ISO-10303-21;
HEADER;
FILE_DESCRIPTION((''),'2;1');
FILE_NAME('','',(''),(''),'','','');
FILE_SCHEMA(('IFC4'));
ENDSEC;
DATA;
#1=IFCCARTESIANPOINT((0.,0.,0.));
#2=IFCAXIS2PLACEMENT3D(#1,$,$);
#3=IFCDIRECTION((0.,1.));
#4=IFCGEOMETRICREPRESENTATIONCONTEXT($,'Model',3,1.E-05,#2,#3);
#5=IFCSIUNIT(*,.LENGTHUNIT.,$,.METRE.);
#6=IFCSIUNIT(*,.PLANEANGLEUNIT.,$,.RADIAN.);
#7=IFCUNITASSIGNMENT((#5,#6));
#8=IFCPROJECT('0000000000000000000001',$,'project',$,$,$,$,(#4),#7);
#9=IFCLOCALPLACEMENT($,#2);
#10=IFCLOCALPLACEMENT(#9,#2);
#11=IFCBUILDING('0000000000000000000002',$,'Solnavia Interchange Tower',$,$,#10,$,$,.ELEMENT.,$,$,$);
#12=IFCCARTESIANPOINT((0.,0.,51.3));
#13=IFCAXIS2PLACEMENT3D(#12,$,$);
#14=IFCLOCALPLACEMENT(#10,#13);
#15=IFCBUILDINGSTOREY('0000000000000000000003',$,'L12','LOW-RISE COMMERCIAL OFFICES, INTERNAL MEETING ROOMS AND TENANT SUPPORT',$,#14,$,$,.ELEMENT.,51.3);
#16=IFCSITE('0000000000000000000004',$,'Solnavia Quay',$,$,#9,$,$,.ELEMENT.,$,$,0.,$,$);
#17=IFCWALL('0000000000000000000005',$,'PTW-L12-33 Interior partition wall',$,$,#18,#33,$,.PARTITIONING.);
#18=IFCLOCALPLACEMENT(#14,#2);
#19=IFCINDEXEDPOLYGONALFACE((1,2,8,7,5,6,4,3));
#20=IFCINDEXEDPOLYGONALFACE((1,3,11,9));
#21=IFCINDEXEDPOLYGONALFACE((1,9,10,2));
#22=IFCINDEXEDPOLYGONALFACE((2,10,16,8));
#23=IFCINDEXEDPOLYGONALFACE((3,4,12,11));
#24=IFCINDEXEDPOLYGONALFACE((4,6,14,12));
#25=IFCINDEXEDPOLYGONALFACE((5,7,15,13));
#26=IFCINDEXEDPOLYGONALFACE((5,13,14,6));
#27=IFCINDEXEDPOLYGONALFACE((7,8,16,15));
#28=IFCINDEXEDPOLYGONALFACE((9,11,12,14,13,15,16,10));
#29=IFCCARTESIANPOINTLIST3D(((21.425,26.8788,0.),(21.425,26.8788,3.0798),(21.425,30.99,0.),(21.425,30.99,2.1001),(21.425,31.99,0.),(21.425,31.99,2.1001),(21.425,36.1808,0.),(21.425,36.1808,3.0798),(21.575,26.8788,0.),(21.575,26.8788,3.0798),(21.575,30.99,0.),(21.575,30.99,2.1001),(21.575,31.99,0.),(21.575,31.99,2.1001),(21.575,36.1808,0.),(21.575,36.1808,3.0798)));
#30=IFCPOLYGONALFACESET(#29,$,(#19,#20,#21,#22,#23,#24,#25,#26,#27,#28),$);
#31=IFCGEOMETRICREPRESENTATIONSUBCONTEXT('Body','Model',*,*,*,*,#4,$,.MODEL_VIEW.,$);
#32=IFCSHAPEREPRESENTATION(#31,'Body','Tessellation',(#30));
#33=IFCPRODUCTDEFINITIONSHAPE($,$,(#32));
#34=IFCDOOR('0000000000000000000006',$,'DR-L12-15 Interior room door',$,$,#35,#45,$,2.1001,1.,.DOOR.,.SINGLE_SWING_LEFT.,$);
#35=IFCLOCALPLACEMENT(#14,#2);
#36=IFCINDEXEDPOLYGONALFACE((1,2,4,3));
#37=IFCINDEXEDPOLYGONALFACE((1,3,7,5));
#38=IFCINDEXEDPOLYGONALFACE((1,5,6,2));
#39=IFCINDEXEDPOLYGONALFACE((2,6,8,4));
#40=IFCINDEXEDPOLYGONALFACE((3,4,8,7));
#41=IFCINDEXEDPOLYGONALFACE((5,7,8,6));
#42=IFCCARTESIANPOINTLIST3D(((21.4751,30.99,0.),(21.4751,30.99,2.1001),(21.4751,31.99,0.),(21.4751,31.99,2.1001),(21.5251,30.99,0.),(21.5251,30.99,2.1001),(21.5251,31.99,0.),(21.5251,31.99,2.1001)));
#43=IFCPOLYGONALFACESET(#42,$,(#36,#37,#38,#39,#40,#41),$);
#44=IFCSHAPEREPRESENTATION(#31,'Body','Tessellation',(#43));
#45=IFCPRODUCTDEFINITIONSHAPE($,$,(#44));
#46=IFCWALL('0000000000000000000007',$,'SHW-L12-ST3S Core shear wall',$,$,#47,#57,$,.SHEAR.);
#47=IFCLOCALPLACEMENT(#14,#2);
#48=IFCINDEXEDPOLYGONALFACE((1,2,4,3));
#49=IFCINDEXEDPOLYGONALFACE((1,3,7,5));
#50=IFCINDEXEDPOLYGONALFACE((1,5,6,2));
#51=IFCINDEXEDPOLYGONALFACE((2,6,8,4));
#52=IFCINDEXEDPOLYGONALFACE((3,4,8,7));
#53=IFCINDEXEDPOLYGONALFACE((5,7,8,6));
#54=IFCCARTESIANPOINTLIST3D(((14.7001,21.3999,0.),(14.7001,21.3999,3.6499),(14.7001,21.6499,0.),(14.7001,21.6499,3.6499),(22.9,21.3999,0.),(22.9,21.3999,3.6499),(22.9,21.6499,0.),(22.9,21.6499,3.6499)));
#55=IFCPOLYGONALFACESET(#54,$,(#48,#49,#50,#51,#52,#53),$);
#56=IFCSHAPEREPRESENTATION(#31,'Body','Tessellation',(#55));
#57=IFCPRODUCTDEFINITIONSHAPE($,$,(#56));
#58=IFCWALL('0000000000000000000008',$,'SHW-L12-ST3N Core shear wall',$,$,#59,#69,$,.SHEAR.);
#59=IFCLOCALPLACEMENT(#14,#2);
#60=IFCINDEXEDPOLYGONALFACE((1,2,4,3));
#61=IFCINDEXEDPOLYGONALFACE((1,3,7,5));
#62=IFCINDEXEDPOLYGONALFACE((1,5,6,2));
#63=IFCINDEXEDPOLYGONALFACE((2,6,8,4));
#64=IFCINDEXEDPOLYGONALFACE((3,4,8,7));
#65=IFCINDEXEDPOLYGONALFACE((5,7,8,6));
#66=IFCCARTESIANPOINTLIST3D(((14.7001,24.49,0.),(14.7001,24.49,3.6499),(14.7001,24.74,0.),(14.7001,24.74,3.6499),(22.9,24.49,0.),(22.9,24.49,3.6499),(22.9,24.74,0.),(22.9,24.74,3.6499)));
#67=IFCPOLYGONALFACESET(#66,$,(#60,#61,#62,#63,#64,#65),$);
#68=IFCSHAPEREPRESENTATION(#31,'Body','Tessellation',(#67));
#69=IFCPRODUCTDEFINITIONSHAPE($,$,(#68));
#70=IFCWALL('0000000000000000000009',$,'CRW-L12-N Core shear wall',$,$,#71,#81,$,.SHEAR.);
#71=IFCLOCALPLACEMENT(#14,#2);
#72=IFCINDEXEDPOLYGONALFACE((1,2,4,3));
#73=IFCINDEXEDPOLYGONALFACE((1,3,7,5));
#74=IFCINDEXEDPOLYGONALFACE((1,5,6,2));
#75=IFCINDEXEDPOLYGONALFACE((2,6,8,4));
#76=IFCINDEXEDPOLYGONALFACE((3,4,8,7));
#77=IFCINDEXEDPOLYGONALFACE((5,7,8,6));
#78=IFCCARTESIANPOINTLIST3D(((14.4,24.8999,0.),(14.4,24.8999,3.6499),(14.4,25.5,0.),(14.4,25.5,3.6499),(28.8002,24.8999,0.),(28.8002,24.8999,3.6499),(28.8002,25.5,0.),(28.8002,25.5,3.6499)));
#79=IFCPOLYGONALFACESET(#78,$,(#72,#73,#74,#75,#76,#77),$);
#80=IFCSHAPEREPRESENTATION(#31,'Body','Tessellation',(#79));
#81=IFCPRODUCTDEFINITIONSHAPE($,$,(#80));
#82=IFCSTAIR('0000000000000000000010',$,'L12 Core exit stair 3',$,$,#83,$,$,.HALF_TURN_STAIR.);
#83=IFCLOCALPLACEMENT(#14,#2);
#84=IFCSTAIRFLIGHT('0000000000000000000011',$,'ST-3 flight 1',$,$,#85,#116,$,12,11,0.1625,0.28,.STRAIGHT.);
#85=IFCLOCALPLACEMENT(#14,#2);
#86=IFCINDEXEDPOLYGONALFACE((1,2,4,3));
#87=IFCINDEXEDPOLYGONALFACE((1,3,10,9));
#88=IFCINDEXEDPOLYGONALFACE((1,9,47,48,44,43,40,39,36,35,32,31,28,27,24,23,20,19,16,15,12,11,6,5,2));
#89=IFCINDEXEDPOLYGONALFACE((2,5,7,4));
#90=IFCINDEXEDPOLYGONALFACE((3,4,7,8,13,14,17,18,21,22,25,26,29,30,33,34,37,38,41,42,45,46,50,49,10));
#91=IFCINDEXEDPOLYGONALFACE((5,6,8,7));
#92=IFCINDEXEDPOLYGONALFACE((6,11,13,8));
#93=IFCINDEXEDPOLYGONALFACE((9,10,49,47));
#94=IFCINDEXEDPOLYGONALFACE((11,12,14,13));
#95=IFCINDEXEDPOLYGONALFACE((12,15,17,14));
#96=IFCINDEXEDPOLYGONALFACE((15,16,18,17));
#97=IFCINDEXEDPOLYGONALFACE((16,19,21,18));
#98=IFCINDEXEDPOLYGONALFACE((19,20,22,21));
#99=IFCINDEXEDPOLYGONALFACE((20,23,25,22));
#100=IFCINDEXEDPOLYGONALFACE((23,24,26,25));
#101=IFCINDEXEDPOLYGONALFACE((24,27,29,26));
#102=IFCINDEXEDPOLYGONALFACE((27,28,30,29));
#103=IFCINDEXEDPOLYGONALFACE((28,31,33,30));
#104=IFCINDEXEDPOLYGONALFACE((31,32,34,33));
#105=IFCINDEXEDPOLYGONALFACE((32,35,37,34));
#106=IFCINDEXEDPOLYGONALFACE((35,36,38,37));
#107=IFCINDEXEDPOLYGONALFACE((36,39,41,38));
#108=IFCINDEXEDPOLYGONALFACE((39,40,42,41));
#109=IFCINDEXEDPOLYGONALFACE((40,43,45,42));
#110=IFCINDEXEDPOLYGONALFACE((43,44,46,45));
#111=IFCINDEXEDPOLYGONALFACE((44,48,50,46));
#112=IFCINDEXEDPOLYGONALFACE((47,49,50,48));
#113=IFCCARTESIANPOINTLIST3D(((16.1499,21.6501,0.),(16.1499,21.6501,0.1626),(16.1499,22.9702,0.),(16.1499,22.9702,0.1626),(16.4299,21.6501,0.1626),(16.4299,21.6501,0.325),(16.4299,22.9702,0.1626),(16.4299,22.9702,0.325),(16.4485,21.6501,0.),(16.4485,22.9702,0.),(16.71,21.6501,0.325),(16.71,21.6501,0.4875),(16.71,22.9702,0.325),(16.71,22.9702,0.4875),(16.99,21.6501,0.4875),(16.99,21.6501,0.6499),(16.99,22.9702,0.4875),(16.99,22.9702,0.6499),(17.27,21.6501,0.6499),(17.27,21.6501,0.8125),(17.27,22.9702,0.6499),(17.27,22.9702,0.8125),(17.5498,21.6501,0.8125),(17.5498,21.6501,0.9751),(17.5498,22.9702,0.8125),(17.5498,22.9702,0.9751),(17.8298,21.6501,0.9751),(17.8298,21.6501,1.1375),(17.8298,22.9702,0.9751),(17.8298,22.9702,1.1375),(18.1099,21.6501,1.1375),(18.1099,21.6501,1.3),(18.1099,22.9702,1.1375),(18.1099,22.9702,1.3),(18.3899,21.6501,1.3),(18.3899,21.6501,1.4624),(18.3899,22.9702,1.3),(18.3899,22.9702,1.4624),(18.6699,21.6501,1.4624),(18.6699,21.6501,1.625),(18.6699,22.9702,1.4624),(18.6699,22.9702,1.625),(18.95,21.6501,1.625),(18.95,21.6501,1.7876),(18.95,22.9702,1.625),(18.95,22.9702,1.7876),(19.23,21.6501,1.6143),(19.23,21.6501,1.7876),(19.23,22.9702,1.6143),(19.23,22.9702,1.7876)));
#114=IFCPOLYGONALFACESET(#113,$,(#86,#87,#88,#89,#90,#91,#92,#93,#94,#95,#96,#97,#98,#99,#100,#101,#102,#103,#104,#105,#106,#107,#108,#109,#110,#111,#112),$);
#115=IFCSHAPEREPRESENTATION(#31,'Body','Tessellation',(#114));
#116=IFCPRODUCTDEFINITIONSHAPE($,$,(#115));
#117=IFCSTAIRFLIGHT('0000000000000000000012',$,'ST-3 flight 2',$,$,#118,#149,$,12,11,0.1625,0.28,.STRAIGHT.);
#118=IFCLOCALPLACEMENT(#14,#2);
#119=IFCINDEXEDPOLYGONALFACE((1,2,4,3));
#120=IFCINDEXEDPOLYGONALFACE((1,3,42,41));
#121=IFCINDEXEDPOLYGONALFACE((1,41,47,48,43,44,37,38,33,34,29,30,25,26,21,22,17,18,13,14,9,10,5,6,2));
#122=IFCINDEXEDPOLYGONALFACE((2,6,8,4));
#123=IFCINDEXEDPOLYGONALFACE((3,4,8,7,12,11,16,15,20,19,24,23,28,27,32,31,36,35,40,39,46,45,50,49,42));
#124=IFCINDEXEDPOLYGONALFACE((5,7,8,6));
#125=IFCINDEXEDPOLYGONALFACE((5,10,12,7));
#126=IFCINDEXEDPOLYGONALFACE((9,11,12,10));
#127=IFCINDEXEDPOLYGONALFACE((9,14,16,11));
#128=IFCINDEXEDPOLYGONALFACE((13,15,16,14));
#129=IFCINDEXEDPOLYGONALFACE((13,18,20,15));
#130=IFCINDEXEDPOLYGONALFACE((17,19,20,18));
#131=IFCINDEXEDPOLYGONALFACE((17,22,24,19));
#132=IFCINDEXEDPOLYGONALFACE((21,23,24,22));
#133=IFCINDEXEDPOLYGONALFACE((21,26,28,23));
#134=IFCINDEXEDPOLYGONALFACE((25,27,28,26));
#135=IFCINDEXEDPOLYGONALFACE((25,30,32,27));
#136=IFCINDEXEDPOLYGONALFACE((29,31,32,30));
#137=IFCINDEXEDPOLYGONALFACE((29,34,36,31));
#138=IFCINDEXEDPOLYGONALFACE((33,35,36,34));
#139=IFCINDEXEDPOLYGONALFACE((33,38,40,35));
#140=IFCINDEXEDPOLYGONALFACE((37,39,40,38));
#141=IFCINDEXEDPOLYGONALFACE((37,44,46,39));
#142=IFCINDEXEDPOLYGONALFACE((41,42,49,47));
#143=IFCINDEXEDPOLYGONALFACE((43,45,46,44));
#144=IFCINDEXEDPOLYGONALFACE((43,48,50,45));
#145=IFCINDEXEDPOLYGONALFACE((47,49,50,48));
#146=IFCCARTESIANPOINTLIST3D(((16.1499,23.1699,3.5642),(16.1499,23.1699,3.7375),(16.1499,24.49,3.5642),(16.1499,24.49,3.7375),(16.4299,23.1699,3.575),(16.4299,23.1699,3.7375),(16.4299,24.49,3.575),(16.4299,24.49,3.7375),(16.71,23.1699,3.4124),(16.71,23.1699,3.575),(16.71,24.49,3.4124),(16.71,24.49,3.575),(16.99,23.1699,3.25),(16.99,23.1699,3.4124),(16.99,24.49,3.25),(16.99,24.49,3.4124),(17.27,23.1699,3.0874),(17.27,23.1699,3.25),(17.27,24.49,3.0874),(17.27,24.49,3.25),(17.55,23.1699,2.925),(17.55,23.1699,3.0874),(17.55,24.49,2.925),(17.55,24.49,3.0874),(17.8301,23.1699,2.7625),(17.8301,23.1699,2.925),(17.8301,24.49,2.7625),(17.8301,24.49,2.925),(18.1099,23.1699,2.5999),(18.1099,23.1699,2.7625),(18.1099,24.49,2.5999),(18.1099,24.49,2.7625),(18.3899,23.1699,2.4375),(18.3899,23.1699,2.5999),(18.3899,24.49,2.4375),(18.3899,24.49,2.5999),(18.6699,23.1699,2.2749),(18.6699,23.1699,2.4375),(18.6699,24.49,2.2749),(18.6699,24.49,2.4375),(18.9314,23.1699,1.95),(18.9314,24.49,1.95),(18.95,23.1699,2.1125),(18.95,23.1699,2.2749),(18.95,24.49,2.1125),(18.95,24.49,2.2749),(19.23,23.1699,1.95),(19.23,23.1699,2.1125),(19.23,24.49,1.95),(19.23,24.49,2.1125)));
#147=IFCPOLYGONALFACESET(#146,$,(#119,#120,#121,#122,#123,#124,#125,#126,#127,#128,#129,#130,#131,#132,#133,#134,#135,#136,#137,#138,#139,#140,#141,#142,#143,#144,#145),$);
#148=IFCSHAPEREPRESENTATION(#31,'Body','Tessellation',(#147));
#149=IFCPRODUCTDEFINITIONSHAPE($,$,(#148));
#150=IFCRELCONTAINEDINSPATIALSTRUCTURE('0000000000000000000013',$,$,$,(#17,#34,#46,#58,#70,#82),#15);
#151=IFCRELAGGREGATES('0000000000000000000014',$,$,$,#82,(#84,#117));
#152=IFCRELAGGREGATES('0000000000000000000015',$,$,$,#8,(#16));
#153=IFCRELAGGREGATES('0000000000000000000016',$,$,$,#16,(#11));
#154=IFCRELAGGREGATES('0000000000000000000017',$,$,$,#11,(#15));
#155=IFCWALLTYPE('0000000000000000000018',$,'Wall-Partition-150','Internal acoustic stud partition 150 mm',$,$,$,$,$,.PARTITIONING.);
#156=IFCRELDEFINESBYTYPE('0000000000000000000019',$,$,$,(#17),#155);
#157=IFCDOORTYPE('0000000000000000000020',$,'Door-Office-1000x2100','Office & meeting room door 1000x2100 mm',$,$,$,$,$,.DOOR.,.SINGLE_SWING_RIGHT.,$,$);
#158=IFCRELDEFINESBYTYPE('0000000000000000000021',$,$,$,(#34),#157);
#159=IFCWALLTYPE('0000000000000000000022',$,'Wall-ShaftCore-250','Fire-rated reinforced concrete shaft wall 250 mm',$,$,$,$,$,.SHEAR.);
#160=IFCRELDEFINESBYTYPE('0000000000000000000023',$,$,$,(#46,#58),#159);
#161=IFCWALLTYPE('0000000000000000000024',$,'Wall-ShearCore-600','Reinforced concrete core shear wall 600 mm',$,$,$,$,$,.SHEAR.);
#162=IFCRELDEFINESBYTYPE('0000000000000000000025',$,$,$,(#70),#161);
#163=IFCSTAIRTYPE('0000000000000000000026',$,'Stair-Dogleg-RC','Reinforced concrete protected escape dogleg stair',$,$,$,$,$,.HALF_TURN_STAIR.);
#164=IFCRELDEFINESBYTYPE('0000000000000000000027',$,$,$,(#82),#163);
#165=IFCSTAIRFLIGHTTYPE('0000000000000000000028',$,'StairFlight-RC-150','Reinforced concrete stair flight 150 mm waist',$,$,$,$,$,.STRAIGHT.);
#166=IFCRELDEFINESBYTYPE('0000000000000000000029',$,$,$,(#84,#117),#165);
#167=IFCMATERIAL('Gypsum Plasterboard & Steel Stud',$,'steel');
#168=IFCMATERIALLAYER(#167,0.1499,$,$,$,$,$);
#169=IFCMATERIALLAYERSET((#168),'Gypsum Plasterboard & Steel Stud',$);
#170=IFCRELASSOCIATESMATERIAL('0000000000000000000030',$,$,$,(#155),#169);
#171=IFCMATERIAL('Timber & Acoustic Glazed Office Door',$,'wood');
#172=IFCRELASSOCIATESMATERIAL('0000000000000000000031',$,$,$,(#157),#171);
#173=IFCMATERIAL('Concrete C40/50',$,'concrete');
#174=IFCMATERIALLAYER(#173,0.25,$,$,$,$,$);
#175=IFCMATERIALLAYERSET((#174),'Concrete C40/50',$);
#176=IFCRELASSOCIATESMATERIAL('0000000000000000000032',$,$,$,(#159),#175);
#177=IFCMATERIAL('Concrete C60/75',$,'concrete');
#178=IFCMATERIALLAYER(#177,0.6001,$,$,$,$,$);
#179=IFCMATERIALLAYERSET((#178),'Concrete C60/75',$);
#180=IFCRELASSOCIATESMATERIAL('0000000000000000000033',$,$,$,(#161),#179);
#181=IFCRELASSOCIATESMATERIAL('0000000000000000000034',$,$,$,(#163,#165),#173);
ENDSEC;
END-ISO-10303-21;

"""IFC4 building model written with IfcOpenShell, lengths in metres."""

from ifc_helpers import new_model, si_unit, direction, frame, frame_2d, origin, place, context, subcontext, project, spatial, polyline, rectangle, outline, extrude, material, layer, layer_set, type_object, element, fill, aggregate, save


model = new_model("IFC4")

# Units and contexts
model_context = context("Model", 3, precision=1e-05, world=origin(), true_north=direction((0.0, 1.0)))
body_context = subcontext(model_context, "Body", "Model", "MODEL_VIEW")
ifc_project = project(units=[si_unit("LENGTHUNIT", "METRE"), si_unit("PLANEANGLEUNIT", "RADIAN")], contexts=[model_context])

# Site, building, storey
site_placement = place(None, origin())
site = spatial("IfcSite", under=ifc_project, at=site_placement, Name="Solnavia Quay", CompositionType="ELEMENT", RefElevation=0.0)
building_placement = place(site_placement, origin())
building = spatial("IfcBuilding", under=site, at=building_placement, Name="Solnavia Interchange Tower", CompositionType="ELEMENT")
storey_placement = place(building_placement, frame((0.0, 0.0, 51.3)))
storey = spatial("IfcBuildingStorey", under=building, at=storey_placement, Name="L12", Description="LOW-RISE COMMERCIAL OFFICES, INTERNAL MEETING ROOMS AND TENANT SUPPORT", CompositionType="ELEMENT", Elevation=51.3)

# Shared definitions
ifc_material_1 = material(Name="Gypsum Plasterboard & Steel Stud", Category="steel")
ifc_layer_1 = layer(ifc_material_1, 0.1499)
ifc_layer_set_1 = layer_set([ifc_layer_1], Name="Gypsum Plasterboard & Steel Stud")
wall_type_1 = type_object("IfcWallType", Name="Wall-Partition-150", Description="Internal acoustic stud partition 150 mm", PredefinedType="PARTITIONING", material=ifc_layer_set_1)
ifc_material_2 = material(Name="Timber & Acoustic Glazed Office Door", Category="wood")
door_type = type_object("IfcDoorType", Name="Door-Office-1000x2100", Description="Office & meeting room door 1000x2100 mm", OperationType="SINGLE_SWING_RIGHT", PredefinedType="DOOR", material=ifc_material_2)

# Wall, opening, door
wall_1_placement = place(storey_placement, frame((21.5, 26.8789, 0.0), z_axis=(0.0, 0.0, 1.0), x_axis=(0.0, 1.0, 0.0)))
wall_1 = element("IfcWall", 1, at=wall_1_placement, inside=storey, type_object=wall_type_1, Name="PTW-L12-33 Interior partition wall", PredefinedType="PARTITIONING", context=body_context, shape_type="SweptSolid", body=[
    extrude(rectangle(XDim=9.302, YDim=0.1499, at=frame_2d((4.6509, 0.0))), origin(), (0.0, 0.0, 1.0), 3.0798),
])
opening_1_placement = place(wall_1_placement, frame((4.1111, 0.0, 0.0)))
opening_1 = element("IfcOpeningElement", 2, at=opening_1_placement, cuts=wall_1, PredefinedType="OPENING", context=body_context, shape_type="SweptSolid", body=[
    extrude(rectangle(XDim=1.0, YDim=2.1001, at=frame_2d((0.5, 1.05))), frame((0.0, 0.085, 0.0), z_axis=(0.0, -1.0, 0.0), x_axis=(1.0, 0.0, 0.0)), (0.0, 0.0, 1.0), 0.1699),
])
door_1_placement = place(opening_1_placement, origin())
door_1 = element("IfcDoor", 3, at=door_1_placement, inside=storey, type_object=door_type, Name="DR-L12-15 Interior room door", OperationType="SINGLE_SWING_LEFT", OverallHeight=2.1001, OverallWidth=1.0, PredefinedType="DOOR", context=body_context, shape_type="SweptSolid", body=[
    extrude(rectangle(XDim=1.0, YDim=2.1001, at=frame_2d((0.5, 1.05))), frame((0.0, 0.0249, 0.0), z_axis=(0.0, -1.0, 0.0), x_axis=(1.0, 0.0, 0.0)), (0.0, 0.0, 1.0), 0.05),
])
fill(opening_1, door_1)

# Walls
ifc_material_3 = material(Name="Concrete C40/50", Category="concrete")
ifc_layer_2 = layer(ifc_material_3, 0.25)
ifc_layer_set_2 = layer_set([ifc_layer_2], Name="Concrete C40/50")
wall_type_2 = type_object("IfcWallType", Name="Wall-ShaftCore-250", Description="Fire-rated reinforced concrete shaft wall 250 mm", PredefinedType="SHEAR", material=ifc_layer_set_2)
for number, where, z_axis, x_axis, name in (
    (4, (14.7, 21.5249, 0.0), (0.0, 0.0, 1.0), (1.0, 0.0, 0.0), "SHW-L12-ST3S Core shear wall"),
    (5, (14.7, 24.615, 0.0), (0.0, 0.0, 1.0), (1.0, 0.0, 0.0), "SHW-L12-ST3N Core shear wall"),
):
    element("IfcWall", number, at=place(storey_placement, frame(where, z_axis=z_axis, x_axis=x_axis)), inside=storey, type_object=wall_type_2, Name=name, PredefinedType="SHEAR", context=body_context, shape_type="SweptSolid", body=[
        extrude(rectangle(XDim=8.2, YDim=0.25, at=frame_2d((4.1001, 0.0))), origin(), (0.0, 0.0, 1.0), 3.6499),
    ])
ifc_material_4 = material(Name="Concrete C60/75", Category="concrete")
ifc_layer_3 = layer(ifc_material_4, 0.6001)
ifc_layer_set_3 = layer_set([ifc_layer_3], Name="Concrete C60/75")
wall_type_3 = type_object("IfcWallType", Name="Wall-ShearCore-600", Description="Reinforced concrete core shear wall 600 mm", PredefinedType="SHEAR", material=ifc_layer_set_3)
wall_2_placement = place(storey_placement, frame((14.3999, 25.2, 0.0), z_axis=(0.0, 0.0, 1.0), x_axis=(1.0, 0.0, 0.0)))
element("IfcWall", 6, at=wall_2_placement, inside=storey, type_object=wall_type_3, Name="CRW-L12-N Core shear wall", PredefinedType="SHEAR", context=body_context, shape_type="SweptSolid", body=[
    extrude(rectangle(XDim=14.4001, YDim=0.6001, at=frame_2d((7.2002, 0.0))), origin(), (0.0, 0.0, 1.0), 3.6499),
])

# Stair, stair flights
stair_type = type_object("IfcStairType", Name="Stair-Dogleg-RC", Description="Reinforced concrete protected escape dogleg stair", PredefinedType="HALF_TURN_STAIR", material=ifc_material_3)
stair_placement = place(storey_placement, origin())
stair = element("IfcStair", 7, at=stair_placement, inside=storey, type_object=stair_type, Name="L12 Core exit stair 3", PredefinedType="HALF_TURN_STAIR")
stair_flight_type = type_object("IfcStairFlightType", Name="StairFlight-RC-150", Description="Reinforced concrete stair flight 150 mm waist", PredefinedType="STRAIGHT", material=ifc_material_3)
stair_flight_1_placement = place(storey_placement, frame((16.1499, 22.3101, 0.0), z_axis=(0.0, 0.0, 1.0), x_axis=(1.0, 0.0, 0.0)))
stair_flight_1 = element("IfcStairFlight", 8, at=stair_flight_1_placement, type_object=stair_flight_type, Name="ST-3 flight 1", NumberOfRisers=12, NumberOfTreads=11, PredefinedType="STRAIGHT", RiserHeight=0.1625, TreadLength=0.28, context=body_context, shape_type="SweptSolid", body=[
    extrude(outline(polyline([(0.0, 0.0), (0.0, 0.1626), (0.28, 0.1626), (0.28, 0.325), (0.5601, 0.325), (0.5601, 0.4875), (0.8401, 0.4875), (0.8401, 0.6499), (1.1201, 0.6499), (1.1201, 0.8125), (1.3999, 0.8125), (1.3999, 0.9751), (1.6799, 0.9751), (1.6799, 1.1375), (1.96, 1.1375), (1.96, 1.3), (2.24, 1.3), (2.24, 1.4624), (2.52, 1.4624), (2.52, 1.625), (2.8, 1.625), (2.8, 1.7876), (3.0801, 1.7876), (3.0801, 1.95), (3.0801, 1.6143), (0.2986, 0.0), (0.0, 0.0)])), frame((0.0, 0.6602, 0.0), z_axis=(0.0, -1.0, 0.0), x_axis=(1.0, 0.0, 0.0)), (0.0, 0.0, 1.0), 1.3201),
])
stair_flight_2_placement = place(storey_placement, frame((19.23, 23.8301, 1.95), z_axis=(0.0, 0.0, 1.0), x_axis=(-1.0, 0.0, 0.0)))
stair_flight_2 = element("IfcStairFlight", 9, at=stair_flight_2_placement, type_object=stair_flight_type, Name="ST-3 flight 2", NumberOfRisers=12, NumberOfTreads=11, PredefinedType="STRAIGHT", RiserHeight=0.1625, TreadLength=0.28, context=body_context, shape_type="SweptSolid", body=[
    extrude(outline(polyline([(0.0, 0.0), (0.0, 0.1626), (0.28, 0.1626), (0.28, 0.325), (0.5601, 0.325), (0.5601, 0.4875), (0.8401, 0.4875), (0.8401, 0.6499), (1.1201, 0.6499), (1.1201, 0.8125), (1.3999, 0.8125), (1.3999, 0.9751), (1.6799, 0.9751), (1.6799, 1.1375), (1.96, 1.1375), (1.96, 1.3), (2.24, 1.3), (2.24, 1.4624), (2.52, 1.4624), (2.52, 1.625), (2.8, 1.625), (2.8, 1.7876), (3.0801, 1.7876), (3.0801, 1.95), (3.0801, 1.6143), (0.2986, 0.0), (0.0, 0.0)])), frame((0.0, 0.6602, 0.0), z_axis=(0.0, -1.0, 0.0), x_axis=(1.0, 0.0, 0.0)), (0.0, 0.0, 1.0), 1.3201),
])
aggregate(stair, [stair_flight_1, stair_flight_2])

save(model, "model.ifc")
